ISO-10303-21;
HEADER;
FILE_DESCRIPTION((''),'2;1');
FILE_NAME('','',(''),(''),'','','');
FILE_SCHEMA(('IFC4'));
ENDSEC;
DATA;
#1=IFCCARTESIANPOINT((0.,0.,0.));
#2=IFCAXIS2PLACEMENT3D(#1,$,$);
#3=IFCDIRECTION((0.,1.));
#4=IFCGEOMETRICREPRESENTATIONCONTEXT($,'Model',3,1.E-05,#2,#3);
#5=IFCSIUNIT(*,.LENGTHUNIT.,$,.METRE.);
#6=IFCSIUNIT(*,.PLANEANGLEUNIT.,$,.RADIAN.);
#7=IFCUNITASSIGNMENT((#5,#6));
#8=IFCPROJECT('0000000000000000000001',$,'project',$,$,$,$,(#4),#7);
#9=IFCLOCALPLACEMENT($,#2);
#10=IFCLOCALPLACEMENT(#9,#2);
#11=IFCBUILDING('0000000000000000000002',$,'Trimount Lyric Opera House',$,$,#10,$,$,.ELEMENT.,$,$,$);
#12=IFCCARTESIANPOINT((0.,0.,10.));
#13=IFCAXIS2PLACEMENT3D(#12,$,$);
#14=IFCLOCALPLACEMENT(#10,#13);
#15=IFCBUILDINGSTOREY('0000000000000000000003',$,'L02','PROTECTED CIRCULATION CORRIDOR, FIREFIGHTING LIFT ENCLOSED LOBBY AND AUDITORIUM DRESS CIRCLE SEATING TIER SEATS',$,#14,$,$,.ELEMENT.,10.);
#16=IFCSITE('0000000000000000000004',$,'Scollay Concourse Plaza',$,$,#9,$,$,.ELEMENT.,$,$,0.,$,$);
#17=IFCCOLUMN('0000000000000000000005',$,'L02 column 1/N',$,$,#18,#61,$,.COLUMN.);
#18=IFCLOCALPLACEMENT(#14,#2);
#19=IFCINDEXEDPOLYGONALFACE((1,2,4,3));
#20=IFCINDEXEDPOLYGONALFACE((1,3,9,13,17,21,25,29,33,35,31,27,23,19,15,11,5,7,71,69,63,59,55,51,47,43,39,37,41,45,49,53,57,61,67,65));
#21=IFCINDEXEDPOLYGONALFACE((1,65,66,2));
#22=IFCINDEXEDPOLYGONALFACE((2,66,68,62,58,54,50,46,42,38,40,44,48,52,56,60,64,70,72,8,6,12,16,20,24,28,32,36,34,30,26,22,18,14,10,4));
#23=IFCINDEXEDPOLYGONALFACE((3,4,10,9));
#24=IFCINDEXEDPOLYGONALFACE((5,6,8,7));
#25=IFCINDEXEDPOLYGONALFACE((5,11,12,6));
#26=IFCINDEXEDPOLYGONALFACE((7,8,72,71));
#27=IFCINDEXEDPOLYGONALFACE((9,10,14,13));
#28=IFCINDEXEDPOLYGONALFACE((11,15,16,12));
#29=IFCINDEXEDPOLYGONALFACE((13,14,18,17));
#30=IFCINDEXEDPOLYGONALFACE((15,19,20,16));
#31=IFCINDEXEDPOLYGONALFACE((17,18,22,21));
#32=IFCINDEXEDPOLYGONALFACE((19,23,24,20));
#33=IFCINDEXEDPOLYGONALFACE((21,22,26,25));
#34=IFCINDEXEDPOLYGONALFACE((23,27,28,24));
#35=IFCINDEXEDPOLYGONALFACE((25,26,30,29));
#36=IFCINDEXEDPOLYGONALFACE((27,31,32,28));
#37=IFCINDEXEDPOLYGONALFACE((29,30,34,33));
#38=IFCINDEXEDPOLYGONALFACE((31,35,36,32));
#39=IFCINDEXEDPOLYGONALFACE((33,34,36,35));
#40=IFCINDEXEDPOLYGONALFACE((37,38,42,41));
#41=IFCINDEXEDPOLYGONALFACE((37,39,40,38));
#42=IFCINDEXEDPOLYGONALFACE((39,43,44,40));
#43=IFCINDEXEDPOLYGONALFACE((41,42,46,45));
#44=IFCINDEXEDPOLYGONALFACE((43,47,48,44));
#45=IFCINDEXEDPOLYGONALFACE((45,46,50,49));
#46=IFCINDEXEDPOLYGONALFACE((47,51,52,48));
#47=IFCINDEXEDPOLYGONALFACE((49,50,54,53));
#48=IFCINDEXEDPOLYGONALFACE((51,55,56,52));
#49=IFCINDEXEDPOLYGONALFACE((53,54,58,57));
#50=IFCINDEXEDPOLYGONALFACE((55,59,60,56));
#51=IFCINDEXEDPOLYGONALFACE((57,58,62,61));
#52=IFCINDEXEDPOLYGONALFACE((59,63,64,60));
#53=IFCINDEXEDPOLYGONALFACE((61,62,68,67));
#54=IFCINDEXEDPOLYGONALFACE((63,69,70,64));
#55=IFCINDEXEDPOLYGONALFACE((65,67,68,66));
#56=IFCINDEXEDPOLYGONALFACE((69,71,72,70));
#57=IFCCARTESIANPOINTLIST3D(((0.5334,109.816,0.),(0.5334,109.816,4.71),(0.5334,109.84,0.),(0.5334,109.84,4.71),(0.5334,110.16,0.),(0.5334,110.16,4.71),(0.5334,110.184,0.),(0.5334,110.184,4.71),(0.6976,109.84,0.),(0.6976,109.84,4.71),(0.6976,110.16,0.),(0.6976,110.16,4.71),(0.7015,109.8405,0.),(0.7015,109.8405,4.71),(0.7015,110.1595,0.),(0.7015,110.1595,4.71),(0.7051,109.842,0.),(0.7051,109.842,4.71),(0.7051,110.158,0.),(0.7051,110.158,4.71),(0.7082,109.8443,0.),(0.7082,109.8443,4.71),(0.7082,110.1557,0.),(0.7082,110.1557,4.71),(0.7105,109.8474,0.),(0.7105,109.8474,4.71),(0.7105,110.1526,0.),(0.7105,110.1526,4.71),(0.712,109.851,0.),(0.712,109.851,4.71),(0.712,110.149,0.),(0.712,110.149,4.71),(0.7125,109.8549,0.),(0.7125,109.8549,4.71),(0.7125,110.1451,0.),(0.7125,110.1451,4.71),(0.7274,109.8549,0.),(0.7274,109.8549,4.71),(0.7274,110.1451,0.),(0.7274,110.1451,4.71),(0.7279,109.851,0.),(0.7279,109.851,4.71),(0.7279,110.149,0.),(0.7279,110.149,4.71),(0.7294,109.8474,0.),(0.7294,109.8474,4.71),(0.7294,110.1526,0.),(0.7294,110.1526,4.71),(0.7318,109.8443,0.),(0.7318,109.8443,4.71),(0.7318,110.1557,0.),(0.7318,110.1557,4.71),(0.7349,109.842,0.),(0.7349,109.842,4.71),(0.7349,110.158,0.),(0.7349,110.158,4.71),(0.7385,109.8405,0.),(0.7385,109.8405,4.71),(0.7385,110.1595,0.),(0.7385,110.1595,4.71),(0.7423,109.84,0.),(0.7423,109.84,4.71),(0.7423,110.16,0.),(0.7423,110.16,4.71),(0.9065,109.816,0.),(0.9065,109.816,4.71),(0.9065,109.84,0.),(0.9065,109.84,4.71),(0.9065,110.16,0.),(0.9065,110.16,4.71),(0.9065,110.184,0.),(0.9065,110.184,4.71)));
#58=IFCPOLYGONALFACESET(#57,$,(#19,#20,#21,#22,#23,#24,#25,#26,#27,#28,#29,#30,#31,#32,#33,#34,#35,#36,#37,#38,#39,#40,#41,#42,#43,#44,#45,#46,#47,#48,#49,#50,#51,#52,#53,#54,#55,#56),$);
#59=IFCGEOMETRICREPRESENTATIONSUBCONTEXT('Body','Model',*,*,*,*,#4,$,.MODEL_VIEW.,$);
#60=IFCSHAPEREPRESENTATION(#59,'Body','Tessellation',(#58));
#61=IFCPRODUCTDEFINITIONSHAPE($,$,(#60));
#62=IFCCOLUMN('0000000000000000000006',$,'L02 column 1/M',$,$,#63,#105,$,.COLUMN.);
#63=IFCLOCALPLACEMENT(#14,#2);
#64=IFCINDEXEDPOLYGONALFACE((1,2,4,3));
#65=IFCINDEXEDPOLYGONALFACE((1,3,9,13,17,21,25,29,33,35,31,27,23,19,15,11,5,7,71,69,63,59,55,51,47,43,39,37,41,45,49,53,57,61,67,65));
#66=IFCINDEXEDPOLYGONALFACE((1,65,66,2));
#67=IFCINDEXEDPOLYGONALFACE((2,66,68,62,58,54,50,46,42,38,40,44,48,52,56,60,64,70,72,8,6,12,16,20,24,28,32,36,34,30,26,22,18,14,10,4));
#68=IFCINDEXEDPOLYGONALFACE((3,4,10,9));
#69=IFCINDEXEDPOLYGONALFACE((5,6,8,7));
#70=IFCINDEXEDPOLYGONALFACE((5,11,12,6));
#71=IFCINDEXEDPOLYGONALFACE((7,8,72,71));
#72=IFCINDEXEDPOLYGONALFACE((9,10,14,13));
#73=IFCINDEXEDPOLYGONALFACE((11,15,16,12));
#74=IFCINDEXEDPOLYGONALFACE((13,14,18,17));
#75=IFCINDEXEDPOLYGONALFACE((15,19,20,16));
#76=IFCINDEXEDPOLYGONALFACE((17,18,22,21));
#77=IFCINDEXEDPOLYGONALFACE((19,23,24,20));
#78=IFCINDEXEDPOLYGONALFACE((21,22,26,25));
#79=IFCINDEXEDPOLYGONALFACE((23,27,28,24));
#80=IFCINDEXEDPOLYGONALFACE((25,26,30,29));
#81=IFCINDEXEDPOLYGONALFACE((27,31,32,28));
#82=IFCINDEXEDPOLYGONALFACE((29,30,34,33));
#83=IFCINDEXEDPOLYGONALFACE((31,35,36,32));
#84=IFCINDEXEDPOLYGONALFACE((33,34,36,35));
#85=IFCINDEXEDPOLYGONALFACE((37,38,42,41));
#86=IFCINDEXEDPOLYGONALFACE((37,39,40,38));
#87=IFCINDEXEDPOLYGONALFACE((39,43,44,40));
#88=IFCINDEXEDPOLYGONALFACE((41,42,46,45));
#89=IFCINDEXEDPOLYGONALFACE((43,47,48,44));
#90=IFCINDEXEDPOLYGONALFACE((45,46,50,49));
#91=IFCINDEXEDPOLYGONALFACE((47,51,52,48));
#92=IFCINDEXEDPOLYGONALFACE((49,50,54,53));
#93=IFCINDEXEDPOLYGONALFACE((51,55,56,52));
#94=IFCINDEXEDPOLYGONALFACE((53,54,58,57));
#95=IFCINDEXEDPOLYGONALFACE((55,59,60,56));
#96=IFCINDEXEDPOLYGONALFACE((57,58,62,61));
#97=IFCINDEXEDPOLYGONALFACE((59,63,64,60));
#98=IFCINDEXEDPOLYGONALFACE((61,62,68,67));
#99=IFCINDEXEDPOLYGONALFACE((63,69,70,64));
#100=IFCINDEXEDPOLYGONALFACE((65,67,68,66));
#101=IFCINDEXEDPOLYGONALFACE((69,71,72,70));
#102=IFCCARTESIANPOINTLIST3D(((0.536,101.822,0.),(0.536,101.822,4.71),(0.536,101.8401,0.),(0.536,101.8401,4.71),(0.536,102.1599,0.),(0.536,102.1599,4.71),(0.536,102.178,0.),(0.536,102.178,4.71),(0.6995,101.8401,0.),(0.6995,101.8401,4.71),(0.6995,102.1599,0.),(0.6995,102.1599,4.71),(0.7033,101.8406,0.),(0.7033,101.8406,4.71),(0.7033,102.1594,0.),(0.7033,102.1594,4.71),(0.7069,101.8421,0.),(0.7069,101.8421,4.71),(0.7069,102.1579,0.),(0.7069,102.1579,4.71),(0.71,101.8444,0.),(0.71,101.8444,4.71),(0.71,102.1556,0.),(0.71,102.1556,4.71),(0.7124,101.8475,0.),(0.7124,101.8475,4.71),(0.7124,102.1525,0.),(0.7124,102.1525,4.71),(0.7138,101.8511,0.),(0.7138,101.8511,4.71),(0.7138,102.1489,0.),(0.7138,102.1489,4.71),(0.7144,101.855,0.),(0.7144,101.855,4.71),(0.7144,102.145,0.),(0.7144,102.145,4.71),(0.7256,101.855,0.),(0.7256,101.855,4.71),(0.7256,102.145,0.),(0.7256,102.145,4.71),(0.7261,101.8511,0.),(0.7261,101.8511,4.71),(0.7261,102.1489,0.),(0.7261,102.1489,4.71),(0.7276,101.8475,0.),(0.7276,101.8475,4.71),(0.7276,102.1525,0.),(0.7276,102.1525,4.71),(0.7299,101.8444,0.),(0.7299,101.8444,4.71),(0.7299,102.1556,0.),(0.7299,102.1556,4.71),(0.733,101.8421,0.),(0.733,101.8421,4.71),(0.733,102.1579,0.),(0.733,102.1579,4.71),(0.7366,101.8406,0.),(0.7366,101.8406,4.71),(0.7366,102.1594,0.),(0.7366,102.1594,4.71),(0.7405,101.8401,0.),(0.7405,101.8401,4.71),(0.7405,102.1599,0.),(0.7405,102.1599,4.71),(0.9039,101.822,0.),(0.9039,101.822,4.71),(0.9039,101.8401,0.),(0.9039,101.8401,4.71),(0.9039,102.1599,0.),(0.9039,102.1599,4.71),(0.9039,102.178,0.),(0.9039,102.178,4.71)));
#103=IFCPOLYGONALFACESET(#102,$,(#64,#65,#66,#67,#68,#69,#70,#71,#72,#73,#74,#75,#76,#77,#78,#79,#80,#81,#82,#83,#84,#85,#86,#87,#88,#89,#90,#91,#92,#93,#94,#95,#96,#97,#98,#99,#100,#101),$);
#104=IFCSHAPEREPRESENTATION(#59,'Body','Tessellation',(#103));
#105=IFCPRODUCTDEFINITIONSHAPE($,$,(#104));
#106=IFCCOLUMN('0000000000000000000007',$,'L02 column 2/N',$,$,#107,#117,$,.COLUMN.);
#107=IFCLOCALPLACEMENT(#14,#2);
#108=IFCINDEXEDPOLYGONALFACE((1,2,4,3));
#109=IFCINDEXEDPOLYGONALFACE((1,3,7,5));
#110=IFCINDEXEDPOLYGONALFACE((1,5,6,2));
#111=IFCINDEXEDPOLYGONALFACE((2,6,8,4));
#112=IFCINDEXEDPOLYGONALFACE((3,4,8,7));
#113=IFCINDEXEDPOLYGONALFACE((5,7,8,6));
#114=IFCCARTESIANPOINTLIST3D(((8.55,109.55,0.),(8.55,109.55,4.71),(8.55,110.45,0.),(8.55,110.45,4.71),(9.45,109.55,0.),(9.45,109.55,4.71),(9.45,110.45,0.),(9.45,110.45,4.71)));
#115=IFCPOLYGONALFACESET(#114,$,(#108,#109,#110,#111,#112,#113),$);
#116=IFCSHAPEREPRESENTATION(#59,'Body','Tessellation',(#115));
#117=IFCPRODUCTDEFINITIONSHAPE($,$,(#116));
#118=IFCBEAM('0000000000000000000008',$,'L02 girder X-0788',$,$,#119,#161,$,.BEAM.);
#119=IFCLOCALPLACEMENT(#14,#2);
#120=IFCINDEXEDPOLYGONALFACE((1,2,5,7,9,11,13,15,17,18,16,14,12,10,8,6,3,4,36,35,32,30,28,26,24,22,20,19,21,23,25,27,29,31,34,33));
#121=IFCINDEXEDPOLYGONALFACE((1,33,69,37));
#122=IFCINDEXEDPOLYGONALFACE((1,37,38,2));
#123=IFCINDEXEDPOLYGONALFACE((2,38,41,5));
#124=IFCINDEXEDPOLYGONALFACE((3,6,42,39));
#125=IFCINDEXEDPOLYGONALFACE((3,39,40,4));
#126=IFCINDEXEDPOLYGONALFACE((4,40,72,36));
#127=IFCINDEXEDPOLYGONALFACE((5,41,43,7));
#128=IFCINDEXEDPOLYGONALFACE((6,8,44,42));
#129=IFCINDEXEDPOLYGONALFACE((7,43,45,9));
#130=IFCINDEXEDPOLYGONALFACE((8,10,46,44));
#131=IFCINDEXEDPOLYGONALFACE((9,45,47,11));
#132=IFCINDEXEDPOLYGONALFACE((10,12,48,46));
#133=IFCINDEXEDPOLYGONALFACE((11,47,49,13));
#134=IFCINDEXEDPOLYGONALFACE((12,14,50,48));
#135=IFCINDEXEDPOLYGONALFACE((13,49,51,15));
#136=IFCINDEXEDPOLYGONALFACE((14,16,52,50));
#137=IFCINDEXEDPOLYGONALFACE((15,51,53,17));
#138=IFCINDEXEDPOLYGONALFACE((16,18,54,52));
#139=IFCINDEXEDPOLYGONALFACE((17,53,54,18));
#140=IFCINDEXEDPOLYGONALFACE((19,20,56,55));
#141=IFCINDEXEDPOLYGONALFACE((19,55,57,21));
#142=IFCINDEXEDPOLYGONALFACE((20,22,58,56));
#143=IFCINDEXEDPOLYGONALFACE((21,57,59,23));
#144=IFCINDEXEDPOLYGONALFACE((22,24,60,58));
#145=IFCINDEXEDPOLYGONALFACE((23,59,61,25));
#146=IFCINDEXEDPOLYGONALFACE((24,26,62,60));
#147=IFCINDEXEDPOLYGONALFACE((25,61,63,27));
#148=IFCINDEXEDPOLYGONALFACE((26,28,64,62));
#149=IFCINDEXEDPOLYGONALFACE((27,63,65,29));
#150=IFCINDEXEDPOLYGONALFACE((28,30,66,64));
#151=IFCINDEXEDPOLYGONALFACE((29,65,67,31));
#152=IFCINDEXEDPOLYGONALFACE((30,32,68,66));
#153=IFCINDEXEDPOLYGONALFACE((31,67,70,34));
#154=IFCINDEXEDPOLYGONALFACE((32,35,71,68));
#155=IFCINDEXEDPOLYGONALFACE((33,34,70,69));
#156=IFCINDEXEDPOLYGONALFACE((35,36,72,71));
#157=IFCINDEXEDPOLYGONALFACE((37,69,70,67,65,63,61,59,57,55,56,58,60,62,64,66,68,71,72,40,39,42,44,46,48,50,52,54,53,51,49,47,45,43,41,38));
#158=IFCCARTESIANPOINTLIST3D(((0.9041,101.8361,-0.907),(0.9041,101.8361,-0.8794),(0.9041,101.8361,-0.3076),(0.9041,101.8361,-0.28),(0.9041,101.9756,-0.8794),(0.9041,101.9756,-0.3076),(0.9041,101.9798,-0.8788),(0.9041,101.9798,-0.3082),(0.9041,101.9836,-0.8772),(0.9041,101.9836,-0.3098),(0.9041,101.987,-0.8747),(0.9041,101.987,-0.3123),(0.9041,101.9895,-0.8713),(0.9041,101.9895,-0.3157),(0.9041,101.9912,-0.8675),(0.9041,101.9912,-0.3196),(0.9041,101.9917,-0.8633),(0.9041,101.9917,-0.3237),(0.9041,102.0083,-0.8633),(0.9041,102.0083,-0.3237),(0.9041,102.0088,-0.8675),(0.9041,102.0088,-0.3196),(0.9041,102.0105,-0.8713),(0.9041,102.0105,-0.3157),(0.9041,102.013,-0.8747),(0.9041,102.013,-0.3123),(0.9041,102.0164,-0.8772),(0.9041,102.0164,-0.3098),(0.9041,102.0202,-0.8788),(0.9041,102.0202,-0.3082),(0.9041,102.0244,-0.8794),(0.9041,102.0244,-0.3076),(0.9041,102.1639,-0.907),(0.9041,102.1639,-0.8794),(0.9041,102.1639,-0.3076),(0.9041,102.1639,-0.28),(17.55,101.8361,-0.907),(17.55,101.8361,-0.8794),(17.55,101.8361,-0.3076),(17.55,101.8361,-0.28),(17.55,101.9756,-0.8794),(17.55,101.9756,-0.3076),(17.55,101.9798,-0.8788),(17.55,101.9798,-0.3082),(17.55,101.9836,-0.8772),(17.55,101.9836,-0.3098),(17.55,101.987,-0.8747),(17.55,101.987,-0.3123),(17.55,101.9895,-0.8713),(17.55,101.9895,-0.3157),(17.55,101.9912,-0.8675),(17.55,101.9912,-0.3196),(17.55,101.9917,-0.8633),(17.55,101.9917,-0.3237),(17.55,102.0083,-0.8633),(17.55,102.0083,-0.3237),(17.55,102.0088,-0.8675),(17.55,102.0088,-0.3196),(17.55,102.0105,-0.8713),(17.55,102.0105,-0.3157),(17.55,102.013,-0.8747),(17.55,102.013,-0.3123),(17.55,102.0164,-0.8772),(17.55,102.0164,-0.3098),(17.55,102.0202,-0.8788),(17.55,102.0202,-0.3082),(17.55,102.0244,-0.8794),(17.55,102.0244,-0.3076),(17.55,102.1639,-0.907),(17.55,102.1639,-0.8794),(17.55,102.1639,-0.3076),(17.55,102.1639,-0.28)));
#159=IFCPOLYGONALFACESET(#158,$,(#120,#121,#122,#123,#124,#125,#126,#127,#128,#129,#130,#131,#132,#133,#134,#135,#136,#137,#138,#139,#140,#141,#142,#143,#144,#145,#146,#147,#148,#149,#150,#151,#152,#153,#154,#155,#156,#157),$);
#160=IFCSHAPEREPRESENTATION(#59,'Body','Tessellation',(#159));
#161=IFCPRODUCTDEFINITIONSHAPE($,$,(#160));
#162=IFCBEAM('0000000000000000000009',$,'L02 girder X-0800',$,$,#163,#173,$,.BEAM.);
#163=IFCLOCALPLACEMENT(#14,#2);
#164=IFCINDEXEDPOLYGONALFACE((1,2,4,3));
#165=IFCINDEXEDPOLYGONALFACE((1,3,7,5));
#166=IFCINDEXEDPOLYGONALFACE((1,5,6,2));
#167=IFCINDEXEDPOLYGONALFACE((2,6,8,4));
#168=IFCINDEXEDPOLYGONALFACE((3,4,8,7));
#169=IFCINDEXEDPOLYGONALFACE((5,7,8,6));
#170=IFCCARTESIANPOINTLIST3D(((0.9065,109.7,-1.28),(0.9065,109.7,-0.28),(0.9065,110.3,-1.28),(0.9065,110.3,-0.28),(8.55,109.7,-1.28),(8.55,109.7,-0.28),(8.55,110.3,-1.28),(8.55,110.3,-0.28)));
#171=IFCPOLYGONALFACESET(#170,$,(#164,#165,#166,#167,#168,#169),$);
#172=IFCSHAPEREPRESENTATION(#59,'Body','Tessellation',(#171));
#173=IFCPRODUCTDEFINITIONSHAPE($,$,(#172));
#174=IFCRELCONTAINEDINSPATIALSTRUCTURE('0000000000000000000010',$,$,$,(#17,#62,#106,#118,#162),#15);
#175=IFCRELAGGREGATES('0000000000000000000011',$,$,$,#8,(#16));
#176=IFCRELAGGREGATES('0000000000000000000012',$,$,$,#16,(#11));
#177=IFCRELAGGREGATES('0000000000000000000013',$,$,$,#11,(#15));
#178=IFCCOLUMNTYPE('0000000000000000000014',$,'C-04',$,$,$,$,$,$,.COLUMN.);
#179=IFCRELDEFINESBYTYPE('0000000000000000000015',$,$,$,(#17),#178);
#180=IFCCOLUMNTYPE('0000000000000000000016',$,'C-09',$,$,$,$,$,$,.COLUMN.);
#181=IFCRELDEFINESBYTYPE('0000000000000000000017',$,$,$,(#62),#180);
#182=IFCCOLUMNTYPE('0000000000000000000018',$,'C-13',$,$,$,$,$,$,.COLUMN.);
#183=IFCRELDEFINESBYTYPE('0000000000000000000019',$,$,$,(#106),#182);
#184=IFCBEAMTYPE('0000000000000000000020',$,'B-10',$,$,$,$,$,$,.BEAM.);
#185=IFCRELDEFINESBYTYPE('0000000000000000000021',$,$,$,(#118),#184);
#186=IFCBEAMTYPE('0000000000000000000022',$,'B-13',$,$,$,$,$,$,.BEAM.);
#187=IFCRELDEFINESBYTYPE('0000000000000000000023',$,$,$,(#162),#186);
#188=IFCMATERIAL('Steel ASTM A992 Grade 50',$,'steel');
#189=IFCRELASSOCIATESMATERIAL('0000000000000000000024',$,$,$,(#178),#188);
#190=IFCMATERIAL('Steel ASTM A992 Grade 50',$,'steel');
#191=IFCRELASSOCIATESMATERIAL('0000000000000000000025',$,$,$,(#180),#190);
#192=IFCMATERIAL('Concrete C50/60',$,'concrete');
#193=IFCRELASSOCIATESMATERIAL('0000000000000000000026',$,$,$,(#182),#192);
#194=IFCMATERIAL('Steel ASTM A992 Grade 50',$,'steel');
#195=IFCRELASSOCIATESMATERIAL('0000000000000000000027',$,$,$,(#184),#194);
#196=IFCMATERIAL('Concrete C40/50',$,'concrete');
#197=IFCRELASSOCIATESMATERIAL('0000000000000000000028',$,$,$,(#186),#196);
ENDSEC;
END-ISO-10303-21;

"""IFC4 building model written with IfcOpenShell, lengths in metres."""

from ifc_helpers import new_model, si_unit, direction, frame, origin, origin_2d, place, context, subcontext, project, spatial, rectangle, i_section, extrude, material, material_profile, profile_set, type_object, element, save


model = new_model("IFC4")

# Units and contexts
model_context = context("Model", 3, precision=1e-05, world=origin(), true_north=direction((0.0, 1.0)))
body_context = subcontext(model_context, "Body", "Model", "MODEL_VIEW")
ifc_project = project(units=[si_unit("LENGTHUNIT", "METRE"), si_unit("PLANEANGLEUNIT", "RADIAN")], contexts=[model_context])

# Site, building, storey
site_placement = place(None, origin())
site = spatial("IfcSite", under=ifc_project, at=site_placement, Name="Scollay Concourse Plaza", CompositionType="ELEMENT", RefElevation=0.0)
building_placement = place(site_placement, origin())
building = spatial("IfcBuilding", under=site, at=building_placement, Name="Trimount Lyric Opera House", CompositionType="ELEMENT")
storey_placement = place(building_placement, frame((0.0, 0.0, 10.0)))
storey = spatial("IfcBuildingStorey", under=building, at=storey_placement, Name="L02", Description="PROTECTED CIRCULATION CORRIDOR, FIREFIGHTING LIFT ENCLOSED LOBBY AND AUDITORIUM DRESS CIRCLE SEATING TIER SEATS", CompositionType="ELEMENT", Elevation=10.0)

# Columns
ifc_material_1 = material(Name="Steel ASTM A992 Grade 50", Category="steel")
ifc_material_profile_1 = material_profile(ifc_material_1, i_section(OverallWidth=0.373, OverallDepth=0.3679, WebThickness=0.0149, FlangeThickness=0.0239, FilletRadius=0.0149, at=origin_2d()), Name="W14X120")
ifc_profile_set_1 = profile_set([ifc_material_profile_1], Name="Steel ASTM A992 Grade 50")
column_type_1 = type_object("IfcColumnType", Name="C-04", PredefinedType="COLUMN", material=ifc_profile_set_1)
column_1_placement = place(storey_placement, frame((0.72, 110.0, 0.0), z_axis=(0.0, 0.0, 1.0), x_axis=(1.0, 0.0, 0.0)))
element("IfcColumn", 1, at=column_1_placement, inside=storey, type_object=column_type_1, Name="L02 column 1/N", PredefinedType="COLUMN", context=body_context, shape_type="SweptSolid", body=[
    extrude(i_section(OverallWidth=0.373, OverallDepth=0.3679, WebThickness=0.0149, FlangeThickness=0.0239, FilletRadius=0.0149, at=origin_2d()), origin(), (0.0, 0.0, 1.0), 4.71),
])
ifc_material_2 = material(Name="Steel ASTM A992 Grade 50", Category="steel")
ifc_material_profile_2 = material_profile(ifc_material_2, i_section(OverallWidth=0.3679, OverallDepth=0.356, WebThickness=0.0112, FlangeThickness=0.0181, FilletRadius=0.0149, at=origin_2d()), Name="W14X90")
ifc_profile_set_2 = profile_set([ifc_material_profile_2], Name="Steel ASTM A992 Grade 50")
column_type_2 = type_object("IfcColumnType", Name="C-09", PredefinedType="COLUMN", material=ifc_profile_set_2)
column_2_placement = place(storey_placement, frame((0.72, 102.0, 0.0), z_axis=(0.0, 0.0, 1.0), x_axis=(1.0, 0.0, 0.0)))
element("IfcColumn", 2, at=column_2_placement, inside=storey, type_object=column_type_2, Name="L02 column 1/M", PredefinedType="COLUMN", context=body_context, shape_type="SweptSolid", body=[
    extrude(i_section(OverallWidth=0.3679, OverallDepth=0.356, WebThickness=0.0112, FlangeThickness=0.0181, FilletRadius=0.0149, at=origin_2d()), origin(), (0.0, 0.0, 1.0), 4.71),
])
ifc_material_3 = material(Name="Concrete C50/60", Category="concrete")
ifc_material_profile_3 = material_profile(ifc_material_3, rectangle(XDim=0.8999, YDim=0.8999, at=origin_2d()), Name="RC900X900")
ifc_profile_set_3 = profile_set([ifc_material_profile_3], Name="Concrete C50/60")
column_type_3 = type_object("IfcColumnType", Name="C-13", PredefinedType="COLUMN", material=ifc_profile_set_3)
column_3_placement = place(storey_placement, frame((9.0, 110.0, 0.0), z_axis=(0.0, 0.0, 1.0), x_axis=(1.0, 0.0, 0.0)))
element("IfcColumn", 3, at=column_3_placement, inside=storey, type_object=column_type_3, Name="L02 column 2/N", PredefinedType="COLUMN", context=body_context, shape_type="SweptSolid", body=[
    extrude(rectangle(XDim=0.8999, YDim=0.8999, at=origin_2d()), origin(), (0.0, 0.0, 1.0), 4.71),
])

# Beams
ifc_material_4 = material(Name="Steel ASTM A992 Grade 50", Category="steel")
ifc_material_profile_4 = material_profile(ifc_material_4, i_section(OverallWidth=0.3279, OverallDepth=0.627, WebThickness=0.0166, FlangeThickness=0.0276, FilletRadius=0.0161, at=origin_2d()), Name="W24X146")
ifc_profile_set_4 = profile_set([ifc_material_profile_4], Name="Steel ASTM A992 Grade 50")
beam_type_1 = type_object("IfcBeamType", Name="B-10", PredefinedType="BEAM", material=ifc_profile_set_4)
beam_1_placement = place(storey_placement, frame((0.9041, 102.0, -0.5935), z_axis=(1.0, 0.0, 0.0), x_axis=(0.0, 1.0, 0.0)))
element("IfcBeam", 4, at=beam_1_placement, inside=storey, type_object=beam_type_1, Name="L02 girder X-0788", PredefinedType="BEAM", context=body_context, shape_type="SweptSolid", body=[
    extrude(i_section(OverallWidth=0.3279, OverallDepth=0.627, WebThickness=0.0166, FlangeThickness=0.0276, FilletRadius=0.0161, at=origin_2d()), origin(), (0.0, 0.0, 1.0), 16.646),
])
ifc_material_5 = material(Name="Concrete C40/50", Category="concrete")
ifc_material_profile_5 = material_profile(ifc_material_5, rectangle(XDim=0.6001, YDim=1.0, at=origin_2d()), Name="RC600X1000")
ifc_profile_set_5 = profile_set([ifc_material_profile_5], Name="Concrete C40/50")
beam_type_2 = type_object("IfcBeamType", Name="B-13", PredefinedType="BEAM", material=ifc_profile_set_5)
beam_2_placement = place(storey_placement, frame((0.9065, 110.0, -0.78), z_axis=(1.0, 0.0, 0.0), x_axis=(0.0, 1.0, 0.0)))
element("IfcBeam", 5, at=beam_2_placement, inside=storey, type_object=beam_type_2, Name="L02 girder X-0800", PredefinedType="BEAM", context=body_context, shape_type="SweptSolid", body=[
    extrude(rectangle(XDim=0.6001, YDim=1.0, at=origin_2d()), origin(), (0.0, 0.0, 1.0), 7.6436),
])

save(model, "model.ifc")
